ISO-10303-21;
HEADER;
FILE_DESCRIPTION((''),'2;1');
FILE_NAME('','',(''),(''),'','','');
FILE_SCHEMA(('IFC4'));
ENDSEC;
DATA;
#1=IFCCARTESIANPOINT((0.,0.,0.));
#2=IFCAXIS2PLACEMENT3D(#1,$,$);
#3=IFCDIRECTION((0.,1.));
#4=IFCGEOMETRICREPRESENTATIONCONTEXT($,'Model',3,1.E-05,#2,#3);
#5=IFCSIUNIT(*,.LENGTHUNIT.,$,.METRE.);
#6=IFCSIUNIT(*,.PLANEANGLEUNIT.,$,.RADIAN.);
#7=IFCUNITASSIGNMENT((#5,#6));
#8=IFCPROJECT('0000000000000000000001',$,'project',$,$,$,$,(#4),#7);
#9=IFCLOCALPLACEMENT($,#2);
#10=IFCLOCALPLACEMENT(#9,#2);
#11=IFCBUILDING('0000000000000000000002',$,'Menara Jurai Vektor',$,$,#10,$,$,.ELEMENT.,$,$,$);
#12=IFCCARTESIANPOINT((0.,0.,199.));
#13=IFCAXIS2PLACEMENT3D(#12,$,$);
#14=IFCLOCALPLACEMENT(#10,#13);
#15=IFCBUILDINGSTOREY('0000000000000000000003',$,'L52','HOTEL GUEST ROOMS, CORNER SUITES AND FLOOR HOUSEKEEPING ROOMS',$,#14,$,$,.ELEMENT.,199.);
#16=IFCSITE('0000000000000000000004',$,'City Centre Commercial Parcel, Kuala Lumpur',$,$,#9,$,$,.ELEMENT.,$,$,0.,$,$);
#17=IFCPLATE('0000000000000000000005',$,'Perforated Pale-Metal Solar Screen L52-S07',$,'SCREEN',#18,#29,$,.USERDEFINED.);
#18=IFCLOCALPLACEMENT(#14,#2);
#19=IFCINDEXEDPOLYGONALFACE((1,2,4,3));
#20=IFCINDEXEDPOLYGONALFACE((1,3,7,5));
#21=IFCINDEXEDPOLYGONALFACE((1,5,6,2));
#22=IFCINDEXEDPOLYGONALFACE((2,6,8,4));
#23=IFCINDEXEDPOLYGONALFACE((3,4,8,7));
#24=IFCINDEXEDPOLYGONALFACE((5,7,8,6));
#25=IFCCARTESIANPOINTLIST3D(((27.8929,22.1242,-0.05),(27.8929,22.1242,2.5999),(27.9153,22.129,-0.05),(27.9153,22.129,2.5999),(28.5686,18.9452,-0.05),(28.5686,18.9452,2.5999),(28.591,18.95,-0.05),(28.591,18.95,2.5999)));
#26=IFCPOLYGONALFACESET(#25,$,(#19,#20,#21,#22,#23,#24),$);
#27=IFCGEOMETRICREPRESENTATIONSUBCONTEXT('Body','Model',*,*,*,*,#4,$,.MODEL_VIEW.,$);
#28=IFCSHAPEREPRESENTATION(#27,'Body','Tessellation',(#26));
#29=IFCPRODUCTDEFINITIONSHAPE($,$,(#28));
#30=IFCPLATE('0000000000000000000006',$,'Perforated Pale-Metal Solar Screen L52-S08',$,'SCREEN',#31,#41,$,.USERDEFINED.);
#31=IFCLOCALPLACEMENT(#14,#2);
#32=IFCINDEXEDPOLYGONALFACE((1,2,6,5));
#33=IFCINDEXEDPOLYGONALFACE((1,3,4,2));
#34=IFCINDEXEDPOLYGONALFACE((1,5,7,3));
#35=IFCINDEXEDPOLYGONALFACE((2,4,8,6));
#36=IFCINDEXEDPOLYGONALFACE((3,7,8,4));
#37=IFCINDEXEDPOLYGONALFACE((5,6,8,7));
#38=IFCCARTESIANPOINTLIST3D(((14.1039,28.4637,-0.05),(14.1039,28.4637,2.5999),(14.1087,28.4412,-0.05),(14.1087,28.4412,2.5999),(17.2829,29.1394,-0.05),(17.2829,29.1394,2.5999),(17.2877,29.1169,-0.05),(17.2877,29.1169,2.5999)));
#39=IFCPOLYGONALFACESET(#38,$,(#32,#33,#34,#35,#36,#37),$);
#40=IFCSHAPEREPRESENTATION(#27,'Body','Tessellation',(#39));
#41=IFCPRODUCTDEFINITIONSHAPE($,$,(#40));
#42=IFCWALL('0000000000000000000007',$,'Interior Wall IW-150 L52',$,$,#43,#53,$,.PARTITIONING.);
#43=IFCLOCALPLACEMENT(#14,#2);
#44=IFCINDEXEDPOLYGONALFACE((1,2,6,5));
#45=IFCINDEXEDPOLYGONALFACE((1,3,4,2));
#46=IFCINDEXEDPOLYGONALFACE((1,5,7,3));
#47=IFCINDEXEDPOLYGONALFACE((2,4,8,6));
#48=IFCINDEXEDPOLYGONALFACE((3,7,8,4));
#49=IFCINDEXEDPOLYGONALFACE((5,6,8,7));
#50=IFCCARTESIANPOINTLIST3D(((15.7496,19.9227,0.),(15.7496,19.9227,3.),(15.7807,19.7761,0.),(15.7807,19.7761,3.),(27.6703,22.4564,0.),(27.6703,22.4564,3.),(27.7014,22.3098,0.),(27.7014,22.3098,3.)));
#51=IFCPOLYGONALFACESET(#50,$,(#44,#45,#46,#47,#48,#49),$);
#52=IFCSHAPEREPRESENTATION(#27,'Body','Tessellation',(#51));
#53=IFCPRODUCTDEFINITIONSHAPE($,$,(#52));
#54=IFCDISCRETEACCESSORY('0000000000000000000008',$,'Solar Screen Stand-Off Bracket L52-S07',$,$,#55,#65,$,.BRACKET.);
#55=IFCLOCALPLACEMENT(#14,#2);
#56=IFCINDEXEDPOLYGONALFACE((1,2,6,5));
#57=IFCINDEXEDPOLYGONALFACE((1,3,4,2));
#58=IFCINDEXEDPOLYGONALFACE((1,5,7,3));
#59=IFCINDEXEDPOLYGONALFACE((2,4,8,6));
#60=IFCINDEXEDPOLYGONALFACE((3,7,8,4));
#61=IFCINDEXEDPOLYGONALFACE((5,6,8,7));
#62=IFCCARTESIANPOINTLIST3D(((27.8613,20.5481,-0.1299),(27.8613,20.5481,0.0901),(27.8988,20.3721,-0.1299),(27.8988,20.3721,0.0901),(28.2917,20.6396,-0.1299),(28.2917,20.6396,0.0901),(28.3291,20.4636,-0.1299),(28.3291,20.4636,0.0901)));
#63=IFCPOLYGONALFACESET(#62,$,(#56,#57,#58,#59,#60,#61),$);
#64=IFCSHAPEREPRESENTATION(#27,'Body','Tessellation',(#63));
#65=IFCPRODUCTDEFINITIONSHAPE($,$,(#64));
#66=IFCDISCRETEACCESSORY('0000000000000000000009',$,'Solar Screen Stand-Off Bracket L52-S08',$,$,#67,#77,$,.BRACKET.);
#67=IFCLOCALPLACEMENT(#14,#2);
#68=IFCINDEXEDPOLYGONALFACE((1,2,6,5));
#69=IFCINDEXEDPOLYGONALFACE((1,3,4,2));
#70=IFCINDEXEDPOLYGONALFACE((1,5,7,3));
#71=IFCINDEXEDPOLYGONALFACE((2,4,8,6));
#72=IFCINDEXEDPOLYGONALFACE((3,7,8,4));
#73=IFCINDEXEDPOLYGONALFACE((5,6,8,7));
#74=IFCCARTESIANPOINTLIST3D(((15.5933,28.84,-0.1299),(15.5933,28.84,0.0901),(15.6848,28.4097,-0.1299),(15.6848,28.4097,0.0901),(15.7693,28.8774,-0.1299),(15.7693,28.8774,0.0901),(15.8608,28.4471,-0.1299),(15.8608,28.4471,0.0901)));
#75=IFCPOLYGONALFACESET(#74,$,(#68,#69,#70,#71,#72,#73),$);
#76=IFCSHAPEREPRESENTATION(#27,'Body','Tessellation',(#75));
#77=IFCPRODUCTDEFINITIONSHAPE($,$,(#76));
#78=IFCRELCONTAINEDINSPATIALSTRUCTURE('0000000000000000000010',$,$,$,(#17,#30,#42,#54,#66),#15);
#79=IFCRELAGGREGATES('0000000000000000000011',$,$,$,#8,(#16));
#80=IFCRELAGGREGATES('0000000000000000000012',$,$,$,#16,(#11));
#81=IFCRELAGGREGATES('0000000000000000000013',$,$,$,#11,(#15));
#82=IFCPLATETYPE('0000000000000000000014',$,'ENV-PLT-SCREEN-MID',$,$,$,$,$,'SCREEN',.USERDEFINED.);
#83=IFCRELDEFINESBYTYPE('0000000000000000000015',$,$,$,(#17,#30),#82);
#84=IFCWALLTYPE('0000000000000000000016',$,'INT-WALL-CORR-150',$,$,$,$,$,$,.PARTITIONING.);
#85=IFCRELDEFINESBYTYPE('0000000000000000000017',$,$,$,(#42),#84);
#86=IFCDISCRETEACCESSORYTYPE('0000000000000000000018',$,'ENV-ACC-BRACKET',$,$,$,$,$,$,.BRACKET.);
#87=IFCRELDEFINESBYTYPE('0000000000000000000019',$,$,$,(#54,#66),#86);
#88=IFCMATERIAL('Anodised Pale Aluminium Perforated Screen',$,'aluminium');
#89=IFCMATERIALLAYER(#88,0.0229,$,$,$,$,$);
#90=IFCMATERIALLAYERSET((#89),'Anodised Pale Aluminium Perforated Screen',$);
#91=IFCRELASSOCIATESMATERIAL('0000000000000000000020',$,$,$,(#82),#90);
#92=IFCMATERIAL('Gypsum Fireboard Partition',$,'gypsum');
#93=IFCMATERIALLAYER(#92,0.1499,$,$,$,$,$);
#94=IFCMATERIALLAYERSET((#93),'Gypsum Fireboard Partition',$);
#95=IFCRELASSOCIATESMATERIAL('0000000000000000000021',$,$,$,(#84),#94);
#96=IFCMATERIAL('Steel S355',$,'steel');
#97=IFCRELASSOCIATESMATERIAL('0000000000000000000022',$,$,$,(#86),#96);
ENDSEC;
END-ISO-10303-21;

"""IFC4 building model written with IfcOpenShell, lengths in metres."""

from ifc_helpers import new_model, si_unit, direction, frame, frame_2d, origin, origin_2d, place, context, subcontext, project, spatial, rectangle, extrude, material, layer, layer_set, type_object, element, save


model = new_model("IFC4")

# Units and contexts
model_context = context("Model", 3, precision=1e-05, world=origin(), true_north=direction((0.0, 1.0)))
body_context = subcontext(model_context, "Body", "Model", "MODEL_VIEW")
ifc_project = project(units=[si_unit("LENGTHUNIT", "METRE"), si_unit("PLANEANGLEUNIT", "RADIAN")], contexts=[model_context])

# Site, building, storey
site_placement = place(None, origin())
site = spatial("IfcSite", under=ifc_project, at=site_placement, Name="City Centre Commercial Parcel, Kuala Lumpur", CompositionType="ELEMENT", RefElevation=0.0)
building_placement = place(site_placement, origin())
building = spatial("IfcBuilding", under=site, at=building_placement, Name="Menara Jurai Vektor", CompositionType="ELEMENT")
storey_placement = place(building_placement, frame((0.0, 0.0, 199.0)))
storey = spatial("IfcBuildingStorey", under=building, at=storey_placement, Name="L52", Description="HOTEL GUEST ROOMS, CORNER SUITES AND FLOOR HOUSEKEEPING ROOMS", CompositionType="ELEMENT", Elevation=199.0)

# Shared definitions
ifc_material_1 = material(Name="Steel S355", Category="steel")

# Plates
ifc_material_2 = material(Name="Anodised Pale Aluminium Perforated Screen", Category="aluminium")
ifc_layer_1 = layer(ifc_material_2, 0.0229)
ifc_layer_set_1 = layer_set([ifc_layer_1], Name="Anodised Pale Aluminium Perforated Screen")
plate_type_1 = type_object("IfcPlateType", Name="ENV-PLT-SCREEN-MID", ElementType="SCREEN", PredefinedType="USERDEFINED", material=ifc_layer_set_1)
for number, where, z_axis, x_axis, name in (
    (1, (28.2419, 20.5371, -0.05), (0.0, 0.0, 1.0), (-0.207912, 0.978148, 0.0), "Perforated Pale-Metal Solar Screen L52-S07"),
    (2, (15.6958, 28.7903, -0.05), (0.0, 0.0, 1.0), (-0.978148, -0.207912, 0.0), "Perforated Pale-Metal Solar Screen L52-S08"),
):
    element("IfcPlate", number, at=place(storey_placement, frame(where, z_axis=z_axis, x_axis=x_axis)), inside=storey, type_object=plate_type_1, Name=name, ObjectType="SCREEN", PredefinedType="USERDEFINED", context=body_context, shape_type="SweptSolid", body=[
        extrude(rectangle(XDim=3.25, YDim=0.0229, at=origin_2d()), origin(), (0.0, 0.0, 1.0), 2.6499),
    ])

# Wall
ifc_material_3 = material(Name="Gypsum Fireboard Partition", Category="gypsum")
ifc_layer_2 = layer(ifc_material_3, 0.1499)
ifc_layer_set_2 = layer_set([ifc_layer_2], Name="Gypsum Fireboard Partition")
wall_type = type_object("IfcWallType", Name="INT-WALL-CORR-150", PredefinedType="PARTITIONING", material=ifc_layer_set_2)
wall_1_placement = place(storey_placement, frame((15.7651, 19.8494, 0.0), z_axis=(0.0, 0.0, 1.0), x_axis=(0.97815, 0.207902, 0.0)))
element("IfcWall", 3, at=wall_1_placement, inside=storey, type_object=wall_type, Name="Interior Wall IW-150 L52", PredefinedType="PARTITIONING", context=body_context, shape_type="SweptSolid", body=[
    extrude(rectangle(XDim=12.187, YDim=0.1499, at=frame_2d((6.0935, 0.0))), origin(), (0.0, 0.0, 1.0), 3.0),
])

# Discrete accessories
discrete_accessory_type = type_object("IfcDiscreteAccessoryType", Name="ENV-ACC-BRACKET", PredefinedType="BRACKET", material=ifc_material_1)
for number, where, z_axis, x_axis, name in (
    (4, (28.0952, 20.5059, -0.1299), (0.0, 0.0, 1.0), (-0.207912, 0.978148, 0.0), "Solar Screen Stand-Off Bracket L52-S07"),
    (5, (15.7271, 28.6436, -0.1299), (0.0, 0.0, 1.0), (-0.978148, -0.207912, 0.0), "Solar Screen Stand-Off Bracket L52-S08"),
):
    element("IfcDiscreteAccessory", number, at=place(storey_placement, frame(where, z_axis=z_axis, x_axis=x_axis)), inside=storey, type_object=discrete_accessory_type, Name=name, PredefinedType="BRACKET", context=body_context, shape_type="SweptSolid", body=[
        extrude(rectangle(XDim=0.1799, YDim=0.4399, at=origin_2d()), origin(), (0.0, 0.0, 1.0), 0.22),
    ])

save(model, "model.ifc")
